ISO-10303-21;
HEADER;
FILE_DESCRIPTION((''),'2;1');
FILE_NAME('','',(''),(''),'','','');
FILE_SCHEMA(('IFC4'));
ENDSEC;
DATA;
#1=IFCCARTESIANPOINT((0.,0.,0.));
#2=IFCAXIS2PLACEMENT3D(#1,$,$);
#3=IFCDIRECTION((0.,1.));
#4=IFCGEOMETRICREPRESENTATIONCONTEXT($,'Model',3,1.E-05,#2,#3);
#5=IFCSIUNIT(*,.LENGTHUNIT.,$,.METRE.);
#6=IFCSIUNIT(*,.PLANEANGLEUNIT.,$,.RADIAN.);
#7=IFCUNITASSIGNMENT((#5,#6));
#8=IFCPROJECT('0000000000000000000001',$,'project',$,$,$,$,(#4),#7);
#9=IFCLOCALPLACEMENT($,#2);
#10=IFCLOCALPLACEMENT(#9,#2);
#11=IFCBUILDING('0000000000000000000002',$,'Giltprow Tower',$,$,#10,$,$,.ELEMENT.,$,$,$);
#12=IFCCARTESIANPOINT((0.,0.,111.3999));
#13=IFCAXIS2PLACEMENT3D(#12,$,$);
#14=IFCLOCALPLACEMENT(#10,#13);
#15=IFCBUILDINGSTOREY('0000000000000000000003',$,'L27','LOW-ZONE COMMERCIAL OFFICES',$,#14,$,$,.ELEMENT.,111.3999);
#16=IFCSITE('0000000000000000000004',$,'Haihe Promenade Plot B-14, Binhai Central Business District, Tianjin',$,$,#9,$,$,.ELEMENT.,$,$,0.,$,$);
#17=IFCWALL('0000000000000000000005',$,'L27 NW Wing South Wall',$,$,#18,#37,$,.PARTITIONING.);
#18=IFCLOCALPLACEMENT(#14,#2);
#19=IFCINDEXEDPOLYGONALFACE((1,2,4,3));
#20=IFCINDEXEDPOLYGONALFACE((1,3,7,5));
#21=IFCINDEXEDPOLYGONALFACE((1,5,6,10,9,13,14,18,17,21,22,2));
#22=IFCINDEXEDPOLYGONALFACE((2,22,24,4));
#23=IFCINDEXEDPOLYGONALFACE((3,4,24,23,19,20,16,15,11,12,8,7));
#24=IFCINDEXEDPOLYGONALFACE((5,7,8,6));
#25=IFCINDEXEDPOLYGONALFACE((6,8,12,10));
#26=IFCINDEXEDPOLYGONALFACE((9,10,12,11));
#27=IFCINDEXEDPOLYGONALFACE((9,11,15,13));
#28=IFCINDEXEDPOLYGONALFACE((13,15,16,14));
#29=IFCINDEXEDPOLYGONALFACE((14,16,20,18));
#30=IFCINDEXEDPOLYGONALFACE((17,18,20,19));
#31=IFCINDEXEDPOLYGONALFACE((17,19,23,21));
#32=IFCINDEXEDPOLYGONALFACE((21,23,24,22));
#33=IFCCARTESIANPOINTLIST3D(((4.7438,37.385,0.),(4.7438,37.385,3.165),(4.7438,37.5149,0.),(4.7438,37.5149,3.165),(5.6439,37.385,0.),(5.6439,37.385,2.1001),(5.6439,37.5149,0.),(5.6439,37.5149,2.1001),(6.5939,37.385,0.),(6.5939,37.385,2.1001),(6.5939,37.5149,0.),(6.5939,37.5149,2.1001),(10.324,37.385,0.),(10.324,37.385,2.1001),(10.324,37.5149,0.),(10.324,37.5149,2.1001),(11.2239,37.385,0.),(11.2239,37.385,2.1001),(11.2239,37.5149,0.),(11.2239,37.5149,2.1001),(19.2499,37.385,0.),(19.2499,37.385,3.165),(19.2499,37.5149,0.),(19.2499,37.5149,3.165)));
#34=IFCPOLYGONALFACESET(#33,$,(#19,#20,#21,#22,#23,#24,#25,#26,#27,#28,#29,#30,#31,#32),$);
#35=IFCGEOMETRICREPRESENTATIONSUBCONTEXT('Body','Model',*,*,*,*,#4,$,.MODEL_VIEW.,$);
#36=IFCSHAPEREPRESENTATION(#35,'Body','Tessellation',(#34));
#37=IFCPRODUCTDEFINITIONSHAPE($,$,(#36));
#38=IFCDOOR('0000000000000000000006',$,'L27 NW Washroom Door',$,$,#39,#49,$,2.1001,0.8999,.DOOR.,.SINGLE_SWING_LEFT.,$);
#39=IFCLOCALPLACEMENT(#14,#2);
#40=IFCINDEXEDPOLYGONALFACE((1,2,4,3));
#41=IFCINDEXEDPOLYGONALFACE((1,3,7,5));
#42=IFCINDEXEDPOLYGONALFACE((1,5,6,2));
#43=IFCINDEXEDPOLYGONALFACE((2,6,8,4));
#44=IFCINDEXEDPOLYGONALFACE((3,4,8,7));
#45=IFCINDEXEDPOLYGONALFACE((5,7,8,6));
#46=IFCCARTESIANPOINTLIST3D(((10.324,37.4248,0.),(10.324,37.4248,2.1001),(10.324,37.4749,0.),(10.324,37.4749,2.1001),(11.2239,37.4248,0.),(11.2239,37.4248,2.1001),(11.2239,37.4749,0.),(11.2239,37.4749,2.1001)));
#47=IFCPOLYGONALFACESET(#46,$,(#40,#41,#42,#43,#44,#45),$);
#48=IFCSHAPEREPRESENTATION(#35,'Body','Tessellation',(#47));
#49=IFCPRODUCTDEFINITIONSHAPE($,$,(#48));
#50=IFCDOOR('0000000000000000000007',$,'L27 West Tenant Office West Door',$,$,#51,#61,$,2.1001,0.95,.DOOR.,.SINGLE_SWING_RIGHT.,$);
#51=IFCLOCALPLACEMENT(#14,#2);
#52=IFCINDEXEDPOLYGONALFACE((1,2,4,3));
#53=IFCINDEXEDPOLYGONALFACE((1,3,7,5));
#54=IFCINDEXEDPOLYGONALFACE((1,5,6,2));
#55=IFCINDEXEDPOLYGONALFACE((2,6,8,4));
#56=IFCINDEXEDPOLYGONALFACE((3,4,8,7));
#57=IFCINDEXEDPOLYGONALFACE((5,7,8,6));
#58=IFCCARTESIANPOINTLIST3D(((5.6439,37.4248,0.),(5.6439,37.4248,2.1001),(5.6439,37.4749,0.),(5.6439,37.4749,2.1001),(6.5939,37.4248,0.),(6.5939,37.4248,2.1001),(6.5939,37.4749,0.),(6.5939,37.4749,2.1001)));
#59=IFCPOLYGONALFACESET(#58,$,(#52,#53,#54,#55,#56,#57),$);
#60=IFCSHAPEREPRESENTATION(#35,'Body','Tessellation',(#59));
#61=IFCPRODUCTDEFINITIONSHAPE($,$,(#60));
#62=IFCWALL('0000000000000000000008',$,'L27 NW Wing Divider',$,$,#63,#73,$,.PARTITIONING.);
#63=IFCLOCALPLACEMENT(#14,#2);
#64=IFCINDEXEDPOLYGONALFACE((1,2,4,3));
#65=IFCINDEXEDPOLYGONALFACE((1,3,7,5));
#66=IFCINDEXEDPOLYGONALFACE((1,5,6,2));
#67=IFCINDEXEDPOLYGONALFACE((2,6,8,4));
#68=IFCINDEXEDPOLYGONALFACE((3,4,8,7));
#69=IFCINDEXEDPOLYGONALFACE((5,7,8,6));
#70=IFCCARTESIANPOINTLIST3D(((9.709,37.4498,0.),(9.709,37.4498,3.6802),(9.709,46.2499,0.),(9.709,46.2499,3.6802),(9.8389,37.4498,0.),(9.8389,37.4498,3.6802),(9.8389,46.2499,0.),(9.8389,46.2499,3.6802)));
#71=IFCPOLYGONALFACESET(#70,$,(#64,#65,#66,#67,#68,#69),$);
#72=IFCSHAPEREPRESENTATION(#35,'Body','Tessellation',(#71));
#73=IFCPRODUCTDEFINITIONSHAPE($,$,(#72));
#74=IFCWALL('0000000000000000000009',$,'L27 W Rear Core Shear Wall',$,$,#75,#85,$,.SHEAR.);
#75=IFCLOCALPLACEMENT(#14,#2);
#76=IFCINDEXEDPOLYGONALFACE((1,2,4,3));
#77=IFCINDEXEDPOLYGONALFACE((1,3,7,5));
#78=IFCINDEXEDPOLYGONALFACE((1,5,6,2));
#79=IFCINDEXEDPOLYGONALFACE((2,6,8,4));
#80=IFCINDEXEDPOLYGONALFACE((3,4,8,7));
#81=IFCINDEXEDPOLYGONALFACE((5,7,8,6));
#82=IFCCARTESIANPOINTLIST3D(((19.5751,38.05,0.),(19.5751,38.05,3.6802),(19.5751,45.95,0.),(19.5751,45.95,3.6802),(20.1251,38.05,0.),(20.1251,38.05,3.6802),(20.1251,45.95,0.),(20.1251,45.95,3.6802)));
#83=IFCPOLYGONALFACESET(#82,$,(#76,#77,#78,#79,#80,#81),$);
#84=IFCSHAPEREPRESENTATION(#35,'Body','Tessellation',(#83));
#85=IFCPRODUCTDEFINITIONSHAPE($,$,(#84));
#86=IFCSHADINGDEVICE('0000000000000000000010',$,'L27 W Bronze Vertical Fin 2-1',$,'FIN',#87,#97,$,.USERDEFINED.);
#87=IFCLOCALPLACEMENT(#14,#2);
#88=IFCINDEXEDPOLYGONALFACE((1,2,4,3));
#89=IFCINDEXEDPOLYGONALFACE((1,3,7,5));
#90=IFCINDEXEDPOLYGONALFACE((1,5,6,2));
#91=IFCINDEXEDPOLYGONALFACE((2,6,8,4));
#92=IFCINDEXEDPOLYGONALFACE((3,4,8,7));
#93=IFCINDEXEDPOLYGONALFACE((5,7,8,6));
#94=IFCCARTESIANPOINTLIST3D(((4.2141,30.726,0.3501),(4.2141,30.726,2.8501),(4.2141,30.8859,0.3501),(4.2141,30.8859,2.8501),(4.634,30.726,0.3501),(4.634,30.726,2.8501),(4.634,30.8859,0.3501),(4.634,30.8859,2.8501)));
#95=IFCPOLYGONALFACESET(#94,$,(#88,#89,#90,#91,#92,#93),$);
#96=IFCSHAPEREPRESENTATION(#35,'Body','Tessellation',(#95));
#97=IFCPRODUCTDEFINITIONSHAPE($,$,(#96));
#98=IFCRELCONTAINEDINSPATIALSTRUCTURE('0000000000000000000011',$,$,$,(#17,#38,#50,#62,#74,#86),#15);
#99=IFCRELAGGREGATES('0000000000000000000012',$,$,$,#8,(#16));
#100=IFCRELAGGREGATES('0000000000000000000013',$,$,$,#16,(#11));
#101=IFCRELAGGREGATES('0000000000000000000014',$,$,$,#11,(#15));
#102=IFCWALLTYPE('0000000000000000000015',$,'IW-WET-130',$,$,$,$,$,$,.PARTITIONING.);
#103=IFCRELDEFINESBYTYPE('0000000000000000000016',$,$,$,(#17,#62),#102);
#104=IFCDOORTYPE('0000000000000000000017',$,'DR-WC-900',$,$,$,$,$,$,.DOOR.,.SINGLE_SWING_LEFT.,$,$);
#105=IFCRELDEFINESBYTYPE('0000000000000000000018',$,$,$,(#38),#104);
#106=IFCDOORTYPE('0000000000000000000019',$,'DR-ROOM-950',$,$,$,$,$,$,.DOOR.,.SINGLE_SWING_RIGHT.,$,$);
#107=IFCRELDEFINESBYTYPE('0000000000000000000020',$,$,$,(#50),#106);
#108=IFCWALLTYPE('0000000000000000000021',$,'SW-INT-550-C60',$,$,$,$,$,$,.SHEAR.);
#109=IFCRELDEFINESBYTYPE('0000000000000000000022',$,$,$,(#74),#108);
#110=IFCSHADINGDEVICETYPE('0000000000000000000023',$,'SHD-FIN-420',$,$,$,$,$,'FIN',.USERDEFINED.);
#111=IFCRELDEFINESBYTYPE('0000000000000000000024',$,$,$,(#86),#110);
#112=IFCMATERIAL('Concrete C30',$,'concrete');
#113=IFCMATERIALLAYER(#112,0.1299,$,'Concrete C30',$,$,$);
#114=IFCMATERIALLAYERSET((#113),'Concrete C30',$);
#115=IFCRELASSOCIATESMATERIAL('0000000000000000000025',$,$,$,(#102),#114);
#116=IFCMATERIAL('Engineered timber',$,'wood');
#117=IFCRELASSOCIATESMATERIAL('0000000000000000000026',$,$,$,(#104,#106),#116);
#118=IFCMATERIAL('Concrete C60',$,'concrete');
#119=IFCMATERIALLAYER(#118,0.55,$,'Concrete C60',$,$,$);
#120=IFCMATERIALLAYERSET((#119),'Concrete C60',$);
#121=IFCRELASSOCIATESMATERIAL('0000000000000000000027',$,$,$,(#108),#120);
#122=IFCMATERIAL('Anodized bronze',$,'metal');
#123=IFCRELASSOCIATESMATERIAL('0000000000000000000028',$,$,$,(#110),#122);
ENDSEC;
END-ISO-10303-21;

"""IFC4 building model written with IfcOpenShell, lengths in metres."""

from ifc_helpers import new_model, si_unit, direction, frame, frame_2d, origin, origin_2d, place, context, subcontext, project, spatial, rectangle, extrude, source, transform, mapped, material, layer, layer_set, type_object, element, fill, save


model = new_model("IFC4")

# Units and contexts
model_context = context("Model", 3, precision=1e-05, world=origin(), true_north=direction((0.0, 1.0)))
body_context = subcontext(model_context, "Body", "Model", "MODEL_VIEW")
ifc_project = project(units=[si_unit("LENGTHUNIT", "METRE"), si_unit("PLANEANGLEUNIT", "RADIAN")], contexts=[model_context])

# Site, building, storey
site_placement = place(None, origin())
site = spatial("IfcSite", under=ifc_project, at=site_placement, Name="Haihe Promenade Plot B-14, Binhai Central Business District, Tianjin", CompositionType="ELEMENT", RefElevation=0.0)
building_placement = place(site_placement, origin())
building = spatial("IfcBuilding", under=site, at=building_placement, Name="Giltprow Tower", CompositionType="ELEMENT")
storey_placement = place(building_placement, frame((0.0, 0.0, 111.3999)))
storey = spatial("IfcBuildingStorey", under=building, at=storey_placement, Name="L27", Description="LOW-ZONE COMMERCIAL OFFICES", CompositionType="ELEMENT", Elevation=111.3999)

# Shared definitions
ifc_material_1 = material(Name="Concrete C60", Category="concrete")

# Shared definitions
ifc_material_2 = material(Name="Engineered timber", Category="wood")

# Wall, openings, doors
ifc_material_3 = material(Name="Concrete C30", Category="concrete")
ifc_layer_1 = layer(ifc_material_3, 0.1299, Name="Concrete C30")
ifc_layer_set_1 = layer_set([ifc_layer_1], Name="Concrete C30")
wall_type_1 = type_object("IfcWallType", Name="IW-WET-130", PredefinedType="PARTITIONING", material=ifc_layer_set_1)
wall_1_placement = place(storey_placement, frame((4.7439, 37.45, 0.0), z_axis=(0.0, 0.0, 1.0), x_axis=(1.0, 0.0, 0.0)))
wall_1 = element("IfcWall", 1, at=wall_1_placement, inside=storey, type_object=wall_type_1, Name="L27 NW Wing South Wall", PredefinedType="PARTITIONING", context=body_context, shape_type="SweptSolid", body=[
    extrude(rectangle(XDim=14.5061, YDim=0.1299, at=frame_2d((7.2529, 0.0))), origin(), (0.0, 0.0, 1.0), 3.165),
])
opening_1_placement = place(wall_1_placement, frame((0.8999, 0.0, 0.0)))
opening_1 = element("IfcOpeningElement", 2, at=opening_1_placement, cuts=wall_1, PredefinedType="OPENING", context=body_context, shape_type="SweptSolid", body=[
    extrude(rectangle(XDim=0.95, YDim=2.1001, at=frame_2d((0.4751, 1.05))), frame((0.0, 0.075, 0.0), z_axis=(0.0, -1.0, 0.0), x_axis=(1.0, 0.0, 0.0)), (0.0, 0.0, 1.0), 0.1499),
])
opening_2_placement = place(wall_1_placement, frame((5.5801, 0.0, 0.0)))
opening_2 = element("IfcOpeningElement", 3, at=opening_2_placement, cuts=wall_1, PredefinedType="OPENING", context=body_context, shape_type="SweptSolid", body=[
    extrude(rectangle(XDim=0.8999, YDim=2.1001, at=frame_2d((0.45, 1.05))), frame((0.0, 0.075, 0.0), z_axis=(0.0, -1.0, 0.0), x_axis=(1.0, 0.0, 0.0)), (0.0, 0.0, 1.0), 0.1499),
])
door_type_1 = type_object("IfcDoorType", Name="DR-WC-900", OperationType="SINGLE_SWING_LEFT", PredefinedType="DOOR", material=ifc_material_2)
shared_shape_1 = source(origin(), body_context, "Body", "SweptSolid", [
    extrude(rectangle(XDim=0.8999, YDim=2.1001, at=frame_2d((0.45, 1.05))), frame((0.0, 0.0249, 0.0), z_axis=(0.0, -1.0, 0.0), x_axis=(1.0, 0.0, 0.0)), (0.0, 0.0, 1.0), 0.05),
])
door_1_placement = place(opening_2_placement, origin())
door_1 = element("IfcDoor", 4, at=door_1_placement, inside=storey, type_object=door_type_1, Name="L27 NW Washroom Door", OperationType="SINGLE_SWING_LEFT", OverallHeight=2.1001, OverallWidth=0.8999, PredefinedType="DOOR", context=body_context, shape_type="MappedRepresentation", body=[
    mapped(shared_shape_1, transform((0.0, 0.0, 0.0), x_axis=(1.0, 0.0, 0.0), y_axis=(0.0, 1.0, 0.0), z_axis=(0.0, 0.0, 1.0), scale=1.0)),
])
fill(opening_2, door_1)
door_type_2 = type_object("IfcDoorType", Name="DR-ROOM-950", OperationType="SINGLE_SWING_RIGHT", PredefinedType="DOOR", material=ifc_material_2)
shared_shape_2 = source(origin(), body_context, "Body", "SweptSolid", [
    extrude(rectangle(XDim=0.95, YDim=2.1001, at=frame_2d((0.4751, 1.05))), frame((0.0, 0.0249, 0.0), z_axis=(0.0, -1.0, 0.0), x_axis=(1.0, 0.0, 0.0)), (0.0, 0.0, 1.0), 0.05),
])
door_2_placement = place(opening_1_placement, origin())
door_2 = element("IfcDoor", 5, at=door_2_placement, inside=storey, type_object=door_type_2, Name="L27 West Tenant Office West Door", OperationType="SINGLE_SWING_RIGHT", OverallHeight=2.1001, OverallWidth=0.95, PredefinedType="DOOR", context=body_context, shape_type="MappedRepresentation", body=[
    mapped(shared_shape_2, transform((0.0, 0.0, 0.0), x_axis=(1.0, 0.0, 0.0), y_axis=(0.0, 1.0, 0.0), z_axis=(0.0, 0.0, 1.0), scale=1.0)),
])
fill(opening_1, door_2)

# Walls
wall_2_placement = place(storey_placement, frame((9.7739, 37.45, 0.0), z_axis=(0.0, 0.0, 1.0), x_axis=(0.0, 1.0, 0.0)))
element("IfcWall", 6, at=wall_2_placement, inside=storey, type_object=wall_type_1, Name="L27 NW Wing Divider", PredefinedType="PARTITIONING", context=body_context, shape_type="SweptSolid", body=[
    extrude(rectangle(XDim=8.8, YDim=0.1299, at=frame_2d((4.3999, 0.0))), origin(), (0.0, 0.0, 1.0), 3.6802),
])
ifc_layer_2 = layer(ifc_material_1, 0.55, Name="Concrete C60")
ifc_layer_set_2 = layer_set([ifc_layer_2], Name="Concrete C60")
wall_type_2 = type_object("IfcWallType", Name="SW-INT-550-C60", PredefinedType="SHEAR", material=ifc_layer_set_2)
wall_3_placement = place(storey_placement, frame((19.8501, 38.05, 0.0), z_axis=(0.0, 0.0, 1.0), x_axis=(0.0, 1.0, 0.0)))
element("IfcWall", 7, at=wall_3_placement, inside=storey, type_object=wall_type_2, Name="L27 W Rear Core Shear Wall", PredefinedType="SHEAR", context=body_context, shape_type="SweptSolid", body=[
    extrude(rectangle(XDim=7.8999, YDim=0.55, at=frame_2d((3.95, 0.0))), origin(), (0.0, 0.0, 1.0), 3.6802),
])

# Shading device
ifc_material_4 = material(Name="Anodized bronze", Category="metal")
shading_device_type = type_object("IfcShadingDeviceType", Name="SHD-FIN-420", ElementType="FIN", PredefinedType="USERDEFINED", material=ifc_material_4)
shared_shape_3 = source(origin(), body_context, "Body", "SweptSolid", [
    extrude(rectangle(XDim=0.4199, YDim=0.1599, at=origin_2d()), origin(), (0.0, 0.0, 1.0), 2.5),
])
shading_device_placement = place(storey_placement, frame((4.4241, 30.8059, 0.3501), z_axis=(0.0, 0.0, 1.0), x_axis=(1.0, 0.0, 0.0)))
element("IfcShadingDevice", 8, at=shading_device_placement, inside=storey, type_object=shading_device_type, Name="L27 W Bronze Vertical Fin 2-1", ObjectType="FIN", PredefinedType="USERDEFINED", context=body_context, shape_type="MappedRepresentation", body=[
    mapped(shared_shape_3, transform((0.0, 0.0, 0.0), x_axis=(1.0, 0.0, 0.0), y_axis=(0.0, 1.0, 0.0), z_axis=(0.0, 0.0, 1.0), scale=1.0)),
])

save(model, "model.ifc")
